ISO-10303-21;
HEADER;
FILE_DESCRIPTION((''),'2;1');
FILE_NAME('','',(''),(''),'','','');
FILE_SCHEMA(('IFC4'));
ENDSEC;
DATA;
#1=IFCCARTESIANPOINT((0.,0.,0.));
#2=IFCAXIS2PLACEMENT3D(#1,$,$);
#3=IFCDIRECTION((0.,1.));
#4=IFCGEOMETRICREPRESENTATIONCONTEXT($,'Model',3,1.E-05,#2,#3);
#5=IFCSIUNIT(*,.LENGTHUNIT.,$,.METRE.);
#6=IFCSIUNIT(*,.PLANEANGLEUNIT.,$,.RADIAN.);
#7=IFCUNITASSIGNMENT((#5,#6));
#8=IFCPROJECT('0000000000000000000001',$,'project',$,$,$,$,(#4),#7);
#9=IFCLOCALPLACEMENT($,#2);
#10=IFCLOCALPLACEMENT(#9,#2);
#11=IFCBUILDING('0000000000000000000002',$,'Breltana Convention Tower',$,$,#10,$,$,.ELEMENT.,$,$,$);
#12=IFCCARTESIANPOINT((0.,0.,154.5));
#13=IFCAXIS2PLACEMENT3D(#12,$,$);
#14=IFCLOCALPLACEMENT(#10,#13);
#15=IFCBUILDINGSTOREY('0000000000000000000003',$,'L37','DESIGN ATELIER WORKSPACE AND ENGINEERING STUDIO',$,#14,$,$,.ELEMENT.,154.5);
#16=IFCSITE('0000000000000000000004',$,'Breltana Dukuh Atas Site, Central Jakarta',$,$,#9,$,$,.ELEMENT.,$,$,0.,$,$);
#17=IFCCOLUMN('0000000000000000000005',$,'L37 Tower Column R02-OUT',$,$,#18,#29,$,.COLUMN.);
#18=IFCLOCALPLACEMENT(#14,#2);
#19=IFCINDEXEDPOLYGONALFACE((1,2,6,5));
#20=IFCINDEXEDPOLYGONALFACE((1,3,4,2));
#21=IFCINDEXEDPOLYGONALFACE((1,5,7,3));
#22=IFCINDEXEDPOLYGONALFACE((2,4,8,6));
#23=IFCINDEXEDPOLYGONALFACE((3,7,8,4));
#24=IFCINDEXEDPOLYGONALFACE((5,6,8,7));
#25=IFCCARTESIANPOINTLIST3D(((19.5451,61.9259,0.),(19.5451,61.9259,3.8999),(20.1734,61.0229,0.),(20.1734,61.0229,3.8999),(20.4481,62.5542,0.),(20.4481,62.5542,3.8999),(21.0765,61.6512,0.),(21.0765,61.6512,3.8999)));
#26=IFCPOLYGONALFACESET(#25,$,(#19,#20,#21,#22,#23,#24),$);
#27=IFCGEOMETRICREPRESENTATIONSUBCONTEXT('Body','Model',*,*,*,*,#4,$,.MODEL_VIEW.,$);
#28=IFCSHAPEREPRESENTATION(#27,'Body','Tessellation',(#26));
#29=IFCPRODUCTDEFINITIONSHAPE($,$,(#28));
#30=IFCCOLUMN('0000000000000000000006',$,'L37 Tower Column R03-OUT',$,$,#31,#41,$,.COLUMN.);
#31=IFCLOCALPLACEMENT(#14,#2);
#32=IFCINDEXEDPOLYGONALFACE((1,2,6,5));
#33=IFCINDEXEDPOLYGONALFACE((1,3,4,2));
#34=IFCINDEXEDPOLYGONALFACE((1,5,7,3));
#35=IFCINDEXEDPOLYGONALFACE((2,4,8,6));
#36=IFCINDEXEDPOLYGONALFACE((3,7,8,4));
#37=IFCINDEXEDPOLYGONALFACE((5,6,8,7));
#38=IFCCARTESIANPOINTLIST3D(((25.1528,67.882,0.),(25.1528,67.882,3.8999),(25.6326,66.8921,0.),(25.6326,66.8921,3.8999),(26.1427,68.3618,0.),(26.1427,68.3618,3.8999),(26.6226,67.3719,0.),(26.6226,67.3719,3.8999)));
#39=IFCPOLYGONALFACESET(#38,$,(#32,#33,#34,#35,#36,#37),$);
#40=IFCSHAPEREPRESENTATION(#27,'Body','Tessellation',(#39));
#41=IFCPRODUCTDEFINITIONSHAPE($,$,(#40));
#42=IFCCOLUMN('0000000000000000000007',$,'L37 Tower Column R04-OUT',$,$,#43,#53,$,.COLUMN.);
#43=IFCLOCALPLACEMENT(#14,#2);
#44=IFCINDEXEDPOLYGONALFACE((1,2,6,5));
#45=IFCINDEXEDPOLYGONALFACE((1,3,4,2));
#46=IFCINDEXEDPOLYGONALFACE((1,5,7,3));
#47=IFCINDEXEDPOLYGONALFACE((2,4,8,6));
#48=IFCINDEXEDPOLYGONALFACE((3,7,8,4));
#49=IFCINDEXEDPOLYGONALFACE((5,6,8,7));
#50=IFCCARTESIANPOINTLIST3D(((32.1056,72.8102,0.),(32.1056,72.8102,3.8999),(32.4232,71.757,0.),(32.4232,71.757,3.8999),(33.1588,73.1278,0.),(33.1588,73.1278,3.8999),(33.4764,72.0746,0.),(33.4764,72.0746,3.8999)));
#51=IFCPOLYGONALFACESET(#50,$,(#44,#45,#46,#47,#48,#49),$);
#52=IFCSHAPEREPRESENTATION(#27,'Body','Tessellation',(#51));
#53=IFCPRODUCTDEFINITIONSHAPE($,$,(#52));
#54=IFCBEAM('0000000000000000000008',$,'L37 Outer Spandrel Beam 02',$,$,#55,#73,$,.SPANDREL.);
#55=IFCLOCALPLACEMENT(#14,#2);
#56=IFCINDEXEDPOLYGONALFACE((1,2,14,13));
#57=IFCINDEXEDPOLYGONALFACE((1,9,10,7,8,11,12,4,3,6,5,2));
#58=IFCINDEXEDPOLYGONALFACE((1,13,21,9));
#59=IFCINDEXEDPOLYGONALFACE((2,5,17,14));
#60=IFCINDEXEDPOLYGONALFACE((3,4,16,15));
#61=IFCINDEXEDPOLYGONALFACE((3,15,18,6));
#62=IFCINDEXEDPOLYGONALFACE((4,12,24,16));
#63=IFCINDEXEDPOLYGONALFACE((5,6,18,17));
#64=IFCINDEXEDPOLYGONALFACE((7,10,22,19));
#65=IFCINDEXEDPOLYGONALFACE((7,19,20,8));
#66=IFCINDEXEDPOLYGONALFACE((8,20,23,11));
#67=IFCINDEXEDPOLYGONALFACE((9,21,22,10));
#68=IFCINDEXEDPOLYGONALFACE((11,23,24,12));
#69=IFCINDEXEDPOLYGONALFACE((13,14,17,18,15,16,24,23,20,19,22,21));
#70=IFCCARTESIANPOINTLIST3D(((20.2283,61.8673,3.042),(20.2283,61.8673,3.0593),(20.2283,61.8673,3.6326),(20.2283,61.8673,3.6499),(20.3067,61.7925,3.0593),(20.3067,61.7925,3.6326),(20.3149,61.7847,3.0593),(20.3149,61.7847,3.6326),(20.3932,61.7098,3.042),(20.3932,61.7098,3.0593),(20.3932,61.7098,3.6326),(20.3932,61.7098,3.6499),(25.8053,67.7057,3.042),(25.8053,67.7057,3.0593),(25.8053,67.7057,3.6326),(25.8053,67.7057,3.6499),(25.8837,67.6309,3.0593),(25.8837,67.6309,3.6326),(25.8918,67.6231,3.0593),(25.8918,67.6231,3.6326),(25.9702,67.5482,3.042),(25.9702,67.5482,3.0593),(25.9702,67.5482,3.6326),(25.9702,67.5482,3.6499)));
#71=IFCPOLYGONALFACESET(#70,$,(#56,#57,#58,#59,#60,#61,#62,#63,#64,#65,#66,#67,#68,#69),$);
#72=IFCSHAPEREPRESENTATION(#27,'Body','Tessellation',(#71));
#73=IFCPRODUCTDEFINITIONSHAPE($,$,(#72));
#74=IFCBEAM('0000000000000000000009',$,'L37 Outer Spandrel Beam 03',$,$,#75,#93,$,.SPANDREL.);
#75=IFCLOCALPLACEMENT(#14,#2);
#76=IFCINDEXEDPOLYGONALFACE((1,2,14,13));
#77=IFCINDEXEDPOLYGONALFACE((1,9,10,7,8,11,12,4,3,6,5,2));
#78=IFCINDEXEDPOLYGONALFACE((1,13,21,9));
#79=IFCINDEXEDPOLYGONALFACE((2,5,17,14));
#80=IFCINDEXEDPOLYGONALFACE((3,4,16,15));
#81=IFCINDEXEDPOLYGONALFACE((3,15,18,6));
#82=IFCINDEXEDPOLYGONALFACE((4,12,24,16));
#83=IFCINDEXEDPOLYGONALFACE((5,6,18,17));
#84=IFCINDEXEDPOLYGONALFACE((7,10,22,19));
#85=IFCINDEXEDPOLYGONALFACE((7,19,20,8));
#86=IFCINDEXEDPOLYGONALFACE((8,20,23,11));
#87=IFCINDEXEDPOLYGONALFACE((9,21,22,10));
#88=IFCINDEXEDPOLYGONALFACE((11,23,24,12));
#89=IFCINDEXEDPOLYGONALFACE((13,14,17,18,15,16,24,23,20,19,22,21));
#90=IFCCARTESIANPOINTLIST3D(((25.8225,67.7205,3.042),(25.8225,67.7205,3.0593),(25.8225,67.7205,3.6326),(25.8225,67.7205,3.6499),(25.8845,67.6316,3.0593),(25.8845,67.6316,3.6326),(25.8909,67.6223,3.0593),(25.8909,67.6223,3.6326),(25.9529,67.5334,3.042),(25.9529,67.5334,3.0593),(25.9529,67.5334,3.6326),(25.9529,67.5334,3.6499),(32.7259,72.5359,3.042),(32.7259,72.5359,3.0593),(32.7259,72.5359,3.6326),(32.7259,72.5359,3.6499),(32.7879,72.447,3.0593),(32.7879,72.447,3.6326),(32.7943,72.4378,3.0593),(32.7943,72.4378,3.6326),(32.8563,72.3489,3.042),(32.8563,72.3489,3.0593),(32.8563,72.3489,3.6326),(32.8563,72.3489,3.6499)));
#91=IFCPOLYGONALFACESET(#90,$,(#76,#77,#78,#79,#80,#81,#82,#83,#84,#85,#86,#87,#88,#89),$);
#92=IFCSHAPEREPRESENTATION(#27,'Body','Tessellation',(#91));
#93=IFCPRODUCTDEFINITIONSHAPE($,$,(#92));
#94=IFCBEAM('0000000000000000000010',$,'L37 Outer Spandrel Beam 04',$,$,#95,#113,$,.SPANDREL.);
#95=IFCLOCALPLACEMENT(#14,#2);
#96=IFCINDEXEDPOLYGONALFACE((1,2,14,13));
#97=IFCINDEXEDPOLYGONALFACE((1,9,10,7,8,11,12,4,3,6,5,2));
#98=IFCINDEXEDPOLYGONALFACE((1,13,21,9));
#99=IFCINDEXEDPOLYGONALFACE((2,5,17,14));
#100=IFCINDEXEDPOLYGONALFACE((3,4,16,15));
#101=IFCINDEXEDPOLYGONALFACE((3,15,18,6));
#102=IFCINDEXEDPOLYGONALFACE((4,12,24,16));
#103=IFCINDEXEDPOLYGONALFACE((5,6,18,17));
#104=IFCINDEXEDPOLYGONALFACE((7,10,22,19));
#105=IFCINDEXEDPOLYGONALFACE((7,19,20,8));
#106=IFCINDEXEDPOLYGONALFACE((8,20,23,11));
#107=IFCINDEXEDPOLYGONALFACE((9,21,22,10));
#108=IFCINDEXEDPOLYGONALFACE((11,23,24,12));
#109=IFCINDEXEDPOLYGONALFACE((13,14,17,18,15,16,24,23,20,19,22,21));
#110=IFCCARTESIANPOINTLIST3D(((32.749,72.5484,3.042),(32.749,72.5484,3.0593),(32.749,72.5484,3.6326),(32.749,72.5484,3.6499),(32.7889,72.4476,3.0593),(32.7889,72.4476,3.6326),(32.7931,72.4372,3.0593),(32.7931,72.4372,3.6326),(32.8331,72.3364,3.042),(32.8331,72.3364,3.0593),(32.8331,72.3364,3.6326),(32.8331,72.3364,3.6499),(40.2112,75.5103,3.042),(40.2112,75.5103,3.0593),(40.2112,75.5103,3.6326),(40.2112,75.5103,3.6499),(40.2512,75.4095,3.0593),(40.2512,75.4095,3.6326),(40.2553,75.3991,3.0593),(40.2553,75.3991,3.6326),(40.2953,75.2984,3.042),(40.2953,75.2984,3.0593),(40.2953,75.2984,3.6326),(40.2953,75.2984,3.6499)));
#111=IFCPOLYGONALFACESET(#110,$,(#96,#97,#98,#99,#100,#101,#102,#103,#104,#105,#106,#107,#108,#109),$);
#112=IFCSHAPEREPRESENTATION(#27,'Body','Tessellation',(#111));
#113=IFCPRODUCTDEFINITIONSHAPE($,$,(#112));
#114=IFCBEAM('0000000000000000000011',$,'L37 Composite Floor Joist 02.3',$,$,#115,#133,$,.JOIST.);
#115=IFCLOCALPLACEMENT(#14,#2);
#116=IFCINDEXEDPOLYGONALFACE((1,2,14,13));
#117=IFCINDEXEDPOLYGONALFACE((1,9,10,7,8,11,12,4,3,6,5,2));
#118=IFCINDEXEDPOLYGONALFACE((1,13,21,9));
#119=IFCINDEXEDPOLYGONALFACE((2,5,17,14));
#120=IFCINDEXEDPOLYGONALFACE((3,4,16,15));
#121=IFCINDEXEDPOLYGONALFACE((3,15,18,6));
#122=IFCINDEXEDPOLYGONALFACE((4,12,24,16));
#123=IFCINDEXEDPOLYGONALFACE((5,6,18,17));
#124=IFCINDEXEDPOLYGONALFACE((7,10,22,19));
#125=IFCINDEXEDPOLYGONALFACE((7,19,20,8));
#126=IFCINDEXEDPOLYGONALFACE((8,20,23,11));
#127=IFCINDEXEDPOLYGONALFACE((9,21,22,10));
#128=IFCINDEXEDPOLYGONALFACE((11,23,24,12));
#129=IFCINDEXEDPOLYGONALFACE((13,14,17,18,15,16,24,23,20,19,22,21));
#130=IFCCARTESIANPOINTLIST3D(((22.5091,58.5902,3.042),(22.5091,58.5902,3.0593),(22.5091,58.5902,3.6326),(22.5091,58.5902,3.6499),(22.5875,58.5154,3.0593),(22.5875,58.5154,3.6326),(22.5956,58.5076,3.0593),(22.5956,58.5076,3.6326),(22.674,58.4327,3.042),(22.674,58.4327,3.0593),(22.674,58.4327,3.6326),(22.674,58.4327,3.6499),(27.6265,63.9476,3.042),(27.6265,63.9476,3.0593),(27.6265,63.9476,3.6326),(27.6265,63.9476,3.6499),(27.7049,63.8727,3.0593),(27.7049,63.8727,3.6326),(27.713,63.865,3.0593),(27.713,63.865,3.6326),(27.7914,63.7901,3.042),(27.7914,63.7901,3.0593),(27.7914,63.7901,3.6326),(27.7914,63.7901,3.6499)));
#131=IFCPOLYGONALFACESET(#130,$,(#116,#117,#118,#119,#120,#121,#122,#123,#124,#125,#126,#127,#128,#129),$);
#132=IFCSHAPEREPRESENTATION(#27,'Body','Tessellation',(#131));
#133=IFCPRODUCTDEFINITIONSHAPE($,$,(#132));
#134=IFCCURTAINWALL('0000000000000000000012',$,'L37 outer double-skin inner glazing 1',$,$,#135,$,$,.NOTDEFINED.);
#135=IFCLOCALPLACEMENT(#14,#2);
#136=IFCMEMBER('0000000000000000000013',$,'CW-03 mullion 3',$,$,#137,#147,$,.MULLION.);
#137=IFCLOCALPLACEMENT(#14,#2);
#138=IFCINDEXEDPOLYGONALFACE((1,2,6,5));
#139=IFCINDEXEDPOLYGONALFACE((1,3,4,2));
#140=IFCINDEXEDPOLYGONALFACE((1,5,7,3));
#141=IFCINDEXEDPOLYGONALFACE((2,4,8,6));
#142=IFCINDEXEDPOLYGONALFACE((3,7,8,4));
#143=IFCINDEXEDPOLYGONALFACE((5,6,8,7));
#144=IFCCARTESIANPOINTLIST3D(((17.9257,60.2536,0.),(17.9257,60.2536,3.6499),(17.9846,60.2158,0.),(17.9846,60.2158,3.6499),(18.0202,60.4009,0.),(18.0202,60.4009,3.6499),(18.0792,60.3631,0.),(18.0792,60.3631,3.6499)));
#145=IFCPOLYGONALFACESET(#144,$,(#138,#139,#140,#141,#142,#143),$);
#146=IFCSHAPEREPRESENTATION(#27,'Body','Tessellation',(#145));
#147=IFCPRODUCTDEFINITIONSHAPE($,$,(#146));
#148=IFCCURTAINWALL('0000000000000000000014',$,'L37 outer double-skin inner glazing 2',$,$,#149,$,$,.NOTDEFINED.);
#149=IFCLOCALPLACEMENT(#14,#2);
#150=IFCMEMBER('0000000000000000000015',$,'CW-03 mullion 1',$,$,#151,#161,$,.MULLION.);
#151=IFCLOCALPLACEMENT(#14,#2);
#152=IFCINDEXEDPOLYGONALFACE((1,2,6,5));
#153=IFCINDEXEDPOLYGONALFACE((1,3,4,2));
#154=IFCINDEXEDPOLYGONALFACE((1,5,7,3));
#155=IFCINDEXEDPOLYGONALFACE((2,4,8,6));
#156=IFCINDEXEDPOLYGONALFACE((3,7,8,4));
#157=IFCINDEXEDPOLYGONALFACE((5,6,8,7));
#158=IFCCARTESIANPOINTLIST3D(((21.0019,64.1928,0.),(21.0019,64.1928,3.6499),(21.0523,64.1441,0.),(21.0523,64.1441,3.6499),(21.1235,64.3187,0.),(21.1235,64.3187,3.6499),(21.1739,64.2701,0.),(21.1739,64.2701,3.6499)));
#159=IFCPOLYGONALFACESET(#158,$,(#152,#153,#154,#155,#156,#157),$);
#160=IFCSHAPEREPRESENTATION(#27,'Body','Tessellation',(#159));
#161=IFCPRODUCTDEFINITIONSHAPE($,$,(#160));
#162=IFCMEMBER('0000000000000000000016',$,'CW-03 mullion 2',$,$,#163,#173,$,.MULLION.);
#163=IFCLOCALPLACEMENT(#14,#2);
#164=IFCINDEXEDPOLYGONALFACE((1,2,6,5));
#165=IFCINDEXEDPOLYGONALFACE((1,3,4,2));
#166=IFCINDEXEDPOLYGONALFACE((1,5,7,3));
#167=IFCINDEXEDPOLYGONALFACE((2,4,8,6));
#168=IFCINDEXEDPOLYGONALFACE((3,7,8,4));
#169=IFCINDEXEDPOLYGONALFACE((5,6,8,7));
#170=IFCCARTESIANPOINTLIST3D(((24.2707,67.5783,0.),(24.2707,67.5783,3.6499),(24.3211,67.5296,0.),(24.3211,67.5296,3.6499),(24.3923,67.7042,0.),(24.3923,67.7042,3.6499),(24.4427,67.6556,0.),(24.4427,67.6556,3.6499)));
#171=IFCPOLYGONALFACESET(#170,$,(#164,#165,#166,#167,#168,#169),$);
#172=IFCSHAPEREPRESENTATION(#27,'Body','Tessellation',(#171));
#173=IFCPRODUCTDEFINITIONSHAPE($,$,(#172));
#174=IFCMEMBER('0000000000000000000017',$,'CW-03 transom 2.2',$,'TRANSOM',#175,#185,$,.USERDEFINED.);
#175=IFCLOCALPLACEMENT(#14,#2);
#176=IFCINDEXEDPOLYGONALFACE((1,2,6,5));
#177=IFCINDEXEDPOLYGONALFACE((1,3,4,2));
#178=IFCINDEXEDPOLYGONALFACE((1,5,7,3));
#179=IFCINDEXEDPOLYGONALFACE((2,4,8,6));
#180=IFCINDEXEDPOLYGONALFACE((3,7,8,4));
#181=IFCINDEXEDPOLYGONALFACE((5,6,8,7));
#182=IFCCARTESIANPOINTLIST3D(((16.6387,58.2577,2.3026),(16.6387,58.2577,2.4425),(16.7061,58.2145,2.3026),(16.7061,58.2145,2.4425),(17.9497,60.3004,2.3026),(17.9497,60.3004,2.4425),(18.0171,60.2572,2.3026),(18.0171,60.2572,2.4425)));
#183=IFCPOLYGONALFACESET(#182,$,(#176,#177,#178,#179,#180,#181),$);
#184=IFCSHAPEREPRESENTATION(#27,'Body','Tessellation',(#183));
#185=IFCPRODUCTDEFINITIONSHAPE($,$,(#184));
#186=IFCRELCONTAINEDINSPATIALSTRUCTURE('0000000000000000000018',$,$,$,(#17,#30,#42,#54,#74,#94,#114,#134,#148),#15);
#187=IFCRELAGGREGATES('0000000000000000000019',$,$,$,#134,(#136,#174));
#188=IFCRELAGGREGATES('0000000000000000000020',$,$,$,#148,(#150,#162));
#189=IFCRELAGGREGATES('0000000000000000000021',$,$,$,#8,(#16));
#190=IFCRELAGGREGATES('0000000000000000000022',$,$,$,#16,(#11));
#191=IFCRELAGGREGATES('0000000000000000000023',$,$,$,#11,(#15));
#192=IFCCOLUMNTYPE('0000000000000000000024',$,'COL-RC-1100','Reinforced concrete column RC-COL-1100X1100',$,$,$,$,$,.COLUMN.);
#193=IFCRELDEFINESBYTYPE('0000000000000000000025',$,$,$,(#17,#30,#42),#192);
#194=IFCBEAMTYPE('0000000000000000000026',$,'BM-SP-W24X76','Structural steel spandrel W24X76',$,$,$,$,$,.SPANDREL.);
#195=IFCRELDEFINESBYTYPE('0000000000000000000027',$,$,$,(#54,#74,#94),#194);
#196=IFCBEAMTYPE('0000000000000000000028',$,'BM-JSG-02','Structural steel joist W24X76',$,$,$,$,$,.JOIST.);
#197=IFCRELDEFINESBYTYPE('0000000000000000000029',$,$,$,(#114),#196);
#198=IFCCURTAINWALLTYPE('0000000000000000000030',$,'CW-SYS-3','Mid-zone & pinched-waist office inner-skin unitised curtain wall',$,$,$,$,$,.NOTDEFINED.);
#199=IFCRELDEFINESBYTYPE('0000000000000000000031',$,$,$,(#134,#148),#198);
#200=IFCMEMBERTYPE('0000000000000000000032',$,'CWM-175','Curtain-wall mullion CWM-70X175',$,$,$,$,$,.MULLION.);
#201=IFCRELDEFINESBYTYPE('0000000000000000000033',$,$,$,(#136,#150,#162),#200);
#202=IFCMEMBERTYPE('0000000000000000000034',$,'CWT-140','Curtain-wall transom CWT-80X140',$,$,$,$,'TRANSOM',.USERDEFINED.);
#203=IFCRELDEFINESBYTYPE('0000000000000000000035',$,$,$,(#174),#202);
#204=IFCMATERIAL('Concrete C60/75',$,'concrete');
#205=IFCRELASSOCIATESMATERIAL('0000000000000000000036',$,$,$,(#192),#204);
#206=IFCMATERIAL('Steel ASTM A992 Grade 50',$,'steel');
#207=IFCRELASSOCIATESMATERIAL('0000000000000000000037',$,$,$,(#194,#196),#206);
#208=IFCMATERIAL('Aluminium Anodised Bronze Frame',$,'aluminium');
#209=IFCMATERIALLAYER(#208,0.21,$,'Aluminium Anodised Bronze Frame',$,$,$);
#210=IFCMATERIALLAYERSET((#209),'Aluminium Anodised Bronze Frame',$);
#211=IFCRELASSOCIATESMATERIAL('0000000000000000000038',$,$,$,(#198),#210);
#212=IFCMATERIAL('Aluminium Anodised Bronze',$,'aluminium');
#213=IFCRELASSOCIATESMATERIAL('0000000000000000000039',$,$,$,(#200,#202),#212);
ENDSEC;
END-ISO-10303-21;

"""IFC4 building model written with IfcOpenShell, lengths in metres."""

from ifc_helpers import new_model, si_unit, direction, frame, origin, origin_2d, place, context, subcontext, project, spatial, rectangle, i_section, extrude, source, transform, mapped, material, layer, layer_set, material_profile, profile_set, type_object, element, aggregate, save


model = new_model("IFC4")

# Units and contexts
model_context = context("Model", 3, precision=1e-05, world=origin(), true_north=direction((0.0, 1.0)))
body_context = subcontext(model_context, "Body", "Model", "MODEL_VIEW")
ifc_project = project(units=[si_unit("LENGTHUNIT", "METRE"), si_unit("PLANEANGLEUNIT", "RADIAN")], contexts=[model_context])

# Site, building, storey
site_placement = place(None, origin())
site = spatial("IfcSite", under=ifc_project, at=site_placement, Name="Breltana Dukuh Atas Site, Central Jakarta", CompositionType="ELEMENT", RefElevation=0.0)
building_placement = place(site_placement, origin())
building = spatial("IfcBuilding", under=site, at=building_placement, Name="Breltana Convention Tower", CompositionType="ELEMENT")
storey_placement = place(building_placement, frame((0.0, 0.0, 154.5)))
storey = spatial("IfcBuildingStorey", under=building, at=storey_placement, Name="L37", Description="DESIGN ATELIER WORKSPACE AND ENGINEERING STUDIO", CompositionType="ELEMENT", Elevation=154.5)

# Columns
ifc_material_1 = material(Name="Concrete C60/75", Category="concrete")
ifc_material_profile_1 = material_profile(ifc_material_1, rectangle(XDim=1.1001, YDim=1.1001, at=origin_2d()), Name="RC-COL-1100X1100")
ifc_profile_set_1 = profile_set([ifc_material_profile_1], Name="Concrete C60/75")
column_type = type_object("IfcColumnType", Name="COL-RC-1100", Description="Reinforced concrete column RC-COL-1100X1100", PredefinedType="COLUMN", material=ifc_profile_set_1)
shared_shape_1 = source(origin(), body_context, "Body", "SweptSolid", [
    extrude(rectangle(XDim=1.1001, YDim=1.1001, at=origin_2d()), origin(), (0.0, 0.0, 1.0), 3.8999),
])
for number, where, z_axis, x_axis, name in (
    (1, (20.3108, 61.7886, 0.0), (0.0, 0.0, 1.0), (-0.571143, 0.82085, 0.0), "L37 Tower Column R02-OUT"),
    (2, (25.8877, 67.627, 0.0), (0.0, 0.0, 1.0), (-0.436174, 0.899863, 0.0), "L37 Tower Column R03-OUT"),
    (3, (32.791, 72.4424, 0.0), (0.0, 0.0, 1.0), (-0.288698, 0.95742, 0.0), "L37 Tower Column R04-OUT"),
):
    element("IfcColumn", number, at=place(storey_placement, frame(where, z_axis=z_axis, x_axis=x_axis)), inside=storey, type_object=column_type, Name=name, PredefinedType="COLUMN", context=body_context, shape_type="MappedRepresentation", body=[
        mapped(shared_shape_1, transform((0.0, 0.0, 0.0), scale=1.0)),
    ])

# Beams
ifc_material_2 = material(Name="Steel ASTM A992 Grade 50", Category="steel")
ifc_material_profile_2 = material_profile(ifc_material_2, i_section(OverallWidth=0.228, OverallDepth=0.6079, WebThickness=0.0112, FlangeThickness=0.0173, at=origin_2d()), Name="W24X76")
ifc_profile_set_2 = profile_set([ifc_material_profile_2], Name="Steel ASTM A992 Grade 50")
beam_type_1 = type_object("IfcBeamType", Name="BM-SP-W24X76", Description="Structural steel spandrel W24X76", PredefinedType="SPANDREL", material=ifc_profile_set_2)
shared_shape_2 = source(origin(), body_context, "Body", "SweptSolid", [
    extrude(i_section(OverallWidth=0.228, OverallDepth=0.6079, WebThickness=0.0112, FlangeThickness=0.0173, at=origin_2d()), origin(), (0.0, 0.0, 1.0), 8.074),
])
beam_1_placement = place(storey_placement, frame((20.3108, 61.7886, 3.3459), z_axis=(0.690729, 0.723114, 0.0), x_axis=(-0.723114, 0.690729, 0.0)))
element("IfcBeam", 4, at=beam_1_placement, inside=storey, type_object=beam_type_1, Name="L37 Outer Spandrel Beam 02", PredefinedType="SPANDREL", context=body_context, shape_type="MappedRepresentation", body=[
    mapped(shared_shape_2, transform((0.0, 0.0, 0.0), scale=1.0)),
])
shared_shape_3 = source(origin(), body_context, "Body", "SweptSolid", [
    extrude(i_section(OverallWidth=0.228, OverallDepth=0.6079, WebThickness=0.0112, FlangeThickness=0.0173, at=origin_2d()), origin(), (0.0, 0.0, 1.0), 8.417),
])
beam_2_placement = place(storey_placement, frame((25.8877, 67.627, 3.3459), z_axis=(0.820174, 0.572114, 0.0), x_axis=(-0.572114, 0.820174, 0.0)))
element("IfcBeam", 5, at=beam_2_placement, inside=storey, type_object=beam_type_1, Name="L37 Outer Spandrel Beam 03", PredefinedType="SPANDREL", context=body_context, shape_type="MappedRepresentation", body=[
    mapped(shared_shape_3, transform((0.0, 0.0, 0.0), scale=1.0)),
])
shared_shape_4 = source(origin(), body_context, "Body", "SweptSolid", [
    extrude(i_section(OverallWidth=0.228, OverallDepth=0.6079, WebThickness=0.0112, FlangeThickness=0.0173, at=origin_2d()), origin(), (0.0, 0.0, 1.0), 8.0286),
])
beam_3_placement = place(storey_placement, frame((32.791, 72.4424, 3.3459), z_axis=(0.929459, 0.368925, 0.0), x_axis=(-0.368925, 0.929459, 0.0)))
element("IfcBeam", 6, at=beam_3_placement, inside=storey, type_object=beam_type_1, Name="L37 Outer Spandrel Beam 04", PredefinedType="SPANDREL", context=body_context, shape_type="MappedRepresentation", body=[
    mapped(shared_shape_4, transform((0.0, 0.0, 0.0), scale=1.0)),
])
ifc_material_profile_3 = material_profile(ifc_material_2, i_section(OverallWidth=0.228, OverallDepth=0.6079, WebThickness=0.0112, FlangeThickness=0.0173, at=origin_2d()), Name="W24X76")
ifc_profile_set_3 = profile_set([ifc_material_profile_3], Name="Steel ASTM A992 Grade 50")
beam_type_2 = type_object("IfcBeamType", Name="BM-JSG-02", Description="Structural steel joist W24X76", PredefinedType="JOIST", material=ifc_profile_set_3)
shared_shape_5 = source(origin(), body_context, "Body", "SweptSolid", [
    extrude(i_section(OverallWidth=0.228, OverallDepth=0.6079, WebThickness=0.0112, FlangeThickness=0.0173, at=origin_2d()), origin(), (0.0, 0.0, 1.0), 7.4087),
])
beam_4_placement = place(storey_placement, frame((22.5916, 58.5115, 3.3459), z_axis=(0.690725, 0.723118, 0.0), x_axis=(-0.723118, 0.690725, 0.0)))
element("IfcBeam", 7, at=beam_4_placement, inside=storey, type_object=beam_type_2, Name="L37 Composite Floor Joist 02.3", PredefinedType="JOIST", context=body_context, shape_type="MappedRepresentation", body=[
    mapped(shared_shape_5, transform((0.0, 0.0, 0.0), scale=1.0)),
])

# Curtain wall, member
ifc_material_3 = material(Name="Aluminium Anodised Bronze Frame", Category="aluminium")
ifc_layer_1 = layer(ifc_material_3, 0.21, Name="Aluminium Anodised Bronze Frame")
ifc_layer_set_1 = layer_set([ifc_layer_1], Name="Aluminium Anodised Bronze Frame")
curtain_wall_type = type_object("IfcCurtainWallType", Name="CW-SYS-3", Description="Mid-zone & pinched-waist office inner-skin unitised curtain wall", PredefinedType="NOTDEFINED", material=ifc_layer_set_1)
curtain_wall_1_placement = place(storey_placement, origin())
curtain_wall_1 = element("IfcCurtainWall", 8, at=curtain_wall_1_placement, inside=storey, type_object=curtain_wall_type, Name="L37 outer double-skin inner glazing 1", PredefinedType="NOTDEFINED")
ifc_material_4 = material(Name="Aluminium Anodised Bronze", Category="aluminium")
ifc_material_profile_4 = material_profile(ifc_material_4, rectangle(XDim=0.0701, YDim=0.175, at=origin_2d()), Name="CWM-70X175")
ifc_profile_set_4 = profile_set([ifc_material_profile_4], Name="Aluminium Anodised Bronze")
member_type_1 = type_object("IfcMemberType", Name="CWM-175", Description="Curtain-wall mullion CWM-70X175", PredefinedType="MULLION", material=ifc_profile_set_4)
shared_shape_6 = source(origin(), body_context, "Body", "SweptSolid", [
    extrude(rectangle(XDim=0.0701, YDim=0.175, at=origin_2d()), origin(), (0.0, 0.0, 1.0), 3.6499),
])
member_1_placement = place(storey_placement, frame((18.0024, 60.3083, 0.0), z_axis=(0.0, 0.0, 1.0), x_axis=(-0.841554, 0.540173, 0.0)))
member_1 = element("IfcMember", 9, at=member_1_placement, type_object=member_type_1, Name="CW-03 mullion 3", PredefinedType="MULLION", context=body_context, shape_type="MappedRepresentation", body=[
    mapped(shared_shape_6, transform((0.0, 0.0, 0.0), scale=1.0)),
])

# Curtain wall, members
curtain_wall_2_placement = place(storey_placement, origin())
curtain_wall_2 = element("IfcCurtainWall", 10, at=curtain_wall_2_placement, inside=storey, type_object=curtain_wall_type, Name="L37 outer double-skin inner glazing 2", PredefinedType="NOTDEFINED")
member_2_placement = place(storey_placement, frame((21.0879, 64.2314, 0.0), z_axis=(0.0, 0.0, 1.0), x_axis=(-0.719394, 0.694603, 0.0)))
member_2 = element("IfcMember", 11, at=member_2_placement, type_object=member_type_1, Name="CW-03 mullion 1", PredefinedType="MULLION", context=body_context, shape_type="MappedRepresentation", body=[
    mapped(shared_shape_6, transform((0.0, 0.0, 0.0), scale=1.0)),
])
member_3_placement = place(storey_placement, frame((24.3567, 67.6169, 0.0), z_axis=(0.0, 0.0, 1.0), x_axis=(-0.719394, 0.694603, 0.0)))
member_3 = element("IfcMember", 12, at=member_3_placement, type_object=member_type_1, Name="CW-03 mullion 2", PredefinedType="MULLION", context=body_context, shape_type="MappedRepresentation", body=[
    mapped(shared_shape_6, transform((0.0, 0.0, 0.0), scale=1.0)),
])

# Member
ifc_material_profile_5 = material_profile(ifc_material_4, rectangle(XDim=0.0801, YDim=0.1399, at=origin_2d()), Name="CWT-80X140")
ifc_profile_set_5 = profile_set([ifc_material_profile_5], Name="Aluminium Anodised Bronze")
member_type_2 = type_object("IfcMemberType", Name="CWT-140", Description="Curtain-wall transom CWT-80X140", ElementType="TRANSOM", PredefinedType="USERDEFINED", material=ifc_profile_set_5)
shared_shape_7 = source(origin(), body_context, "Body", "SweptSolid", [
    extrude(rectangle(XDim=0.0801, YDim=0.1399, at=origin_2d()), origin(), (0.0, 0.0, 1.0), 2.4272),
])
member_4_placement = place(storey_placement, frame((16.6724, 58.2361, 2.3726), z_axis=(0.540132, 0.84158, 0.0), x_axis=(-0.84158, 0.540132, 0.0)))
member_4 = element("IfcMember", 13, at=member_4_placement, type_object=member_type_2, Name="CW-03 transom 2.2", ObjectType="TRANSOM", PredefinedType="USERDEFINED", context=body_context, shape_type="MappedRepresentation", body=[
    mapped(shared_shape_7, transform((0.0, 0.0, 0.0), scale=1.0)),
])

aggregate(curtain_wall_1, [member_1, member_4])
aggregate(curtain_wall_2, [member_2, member_3])

save(model, "model.ifc")
